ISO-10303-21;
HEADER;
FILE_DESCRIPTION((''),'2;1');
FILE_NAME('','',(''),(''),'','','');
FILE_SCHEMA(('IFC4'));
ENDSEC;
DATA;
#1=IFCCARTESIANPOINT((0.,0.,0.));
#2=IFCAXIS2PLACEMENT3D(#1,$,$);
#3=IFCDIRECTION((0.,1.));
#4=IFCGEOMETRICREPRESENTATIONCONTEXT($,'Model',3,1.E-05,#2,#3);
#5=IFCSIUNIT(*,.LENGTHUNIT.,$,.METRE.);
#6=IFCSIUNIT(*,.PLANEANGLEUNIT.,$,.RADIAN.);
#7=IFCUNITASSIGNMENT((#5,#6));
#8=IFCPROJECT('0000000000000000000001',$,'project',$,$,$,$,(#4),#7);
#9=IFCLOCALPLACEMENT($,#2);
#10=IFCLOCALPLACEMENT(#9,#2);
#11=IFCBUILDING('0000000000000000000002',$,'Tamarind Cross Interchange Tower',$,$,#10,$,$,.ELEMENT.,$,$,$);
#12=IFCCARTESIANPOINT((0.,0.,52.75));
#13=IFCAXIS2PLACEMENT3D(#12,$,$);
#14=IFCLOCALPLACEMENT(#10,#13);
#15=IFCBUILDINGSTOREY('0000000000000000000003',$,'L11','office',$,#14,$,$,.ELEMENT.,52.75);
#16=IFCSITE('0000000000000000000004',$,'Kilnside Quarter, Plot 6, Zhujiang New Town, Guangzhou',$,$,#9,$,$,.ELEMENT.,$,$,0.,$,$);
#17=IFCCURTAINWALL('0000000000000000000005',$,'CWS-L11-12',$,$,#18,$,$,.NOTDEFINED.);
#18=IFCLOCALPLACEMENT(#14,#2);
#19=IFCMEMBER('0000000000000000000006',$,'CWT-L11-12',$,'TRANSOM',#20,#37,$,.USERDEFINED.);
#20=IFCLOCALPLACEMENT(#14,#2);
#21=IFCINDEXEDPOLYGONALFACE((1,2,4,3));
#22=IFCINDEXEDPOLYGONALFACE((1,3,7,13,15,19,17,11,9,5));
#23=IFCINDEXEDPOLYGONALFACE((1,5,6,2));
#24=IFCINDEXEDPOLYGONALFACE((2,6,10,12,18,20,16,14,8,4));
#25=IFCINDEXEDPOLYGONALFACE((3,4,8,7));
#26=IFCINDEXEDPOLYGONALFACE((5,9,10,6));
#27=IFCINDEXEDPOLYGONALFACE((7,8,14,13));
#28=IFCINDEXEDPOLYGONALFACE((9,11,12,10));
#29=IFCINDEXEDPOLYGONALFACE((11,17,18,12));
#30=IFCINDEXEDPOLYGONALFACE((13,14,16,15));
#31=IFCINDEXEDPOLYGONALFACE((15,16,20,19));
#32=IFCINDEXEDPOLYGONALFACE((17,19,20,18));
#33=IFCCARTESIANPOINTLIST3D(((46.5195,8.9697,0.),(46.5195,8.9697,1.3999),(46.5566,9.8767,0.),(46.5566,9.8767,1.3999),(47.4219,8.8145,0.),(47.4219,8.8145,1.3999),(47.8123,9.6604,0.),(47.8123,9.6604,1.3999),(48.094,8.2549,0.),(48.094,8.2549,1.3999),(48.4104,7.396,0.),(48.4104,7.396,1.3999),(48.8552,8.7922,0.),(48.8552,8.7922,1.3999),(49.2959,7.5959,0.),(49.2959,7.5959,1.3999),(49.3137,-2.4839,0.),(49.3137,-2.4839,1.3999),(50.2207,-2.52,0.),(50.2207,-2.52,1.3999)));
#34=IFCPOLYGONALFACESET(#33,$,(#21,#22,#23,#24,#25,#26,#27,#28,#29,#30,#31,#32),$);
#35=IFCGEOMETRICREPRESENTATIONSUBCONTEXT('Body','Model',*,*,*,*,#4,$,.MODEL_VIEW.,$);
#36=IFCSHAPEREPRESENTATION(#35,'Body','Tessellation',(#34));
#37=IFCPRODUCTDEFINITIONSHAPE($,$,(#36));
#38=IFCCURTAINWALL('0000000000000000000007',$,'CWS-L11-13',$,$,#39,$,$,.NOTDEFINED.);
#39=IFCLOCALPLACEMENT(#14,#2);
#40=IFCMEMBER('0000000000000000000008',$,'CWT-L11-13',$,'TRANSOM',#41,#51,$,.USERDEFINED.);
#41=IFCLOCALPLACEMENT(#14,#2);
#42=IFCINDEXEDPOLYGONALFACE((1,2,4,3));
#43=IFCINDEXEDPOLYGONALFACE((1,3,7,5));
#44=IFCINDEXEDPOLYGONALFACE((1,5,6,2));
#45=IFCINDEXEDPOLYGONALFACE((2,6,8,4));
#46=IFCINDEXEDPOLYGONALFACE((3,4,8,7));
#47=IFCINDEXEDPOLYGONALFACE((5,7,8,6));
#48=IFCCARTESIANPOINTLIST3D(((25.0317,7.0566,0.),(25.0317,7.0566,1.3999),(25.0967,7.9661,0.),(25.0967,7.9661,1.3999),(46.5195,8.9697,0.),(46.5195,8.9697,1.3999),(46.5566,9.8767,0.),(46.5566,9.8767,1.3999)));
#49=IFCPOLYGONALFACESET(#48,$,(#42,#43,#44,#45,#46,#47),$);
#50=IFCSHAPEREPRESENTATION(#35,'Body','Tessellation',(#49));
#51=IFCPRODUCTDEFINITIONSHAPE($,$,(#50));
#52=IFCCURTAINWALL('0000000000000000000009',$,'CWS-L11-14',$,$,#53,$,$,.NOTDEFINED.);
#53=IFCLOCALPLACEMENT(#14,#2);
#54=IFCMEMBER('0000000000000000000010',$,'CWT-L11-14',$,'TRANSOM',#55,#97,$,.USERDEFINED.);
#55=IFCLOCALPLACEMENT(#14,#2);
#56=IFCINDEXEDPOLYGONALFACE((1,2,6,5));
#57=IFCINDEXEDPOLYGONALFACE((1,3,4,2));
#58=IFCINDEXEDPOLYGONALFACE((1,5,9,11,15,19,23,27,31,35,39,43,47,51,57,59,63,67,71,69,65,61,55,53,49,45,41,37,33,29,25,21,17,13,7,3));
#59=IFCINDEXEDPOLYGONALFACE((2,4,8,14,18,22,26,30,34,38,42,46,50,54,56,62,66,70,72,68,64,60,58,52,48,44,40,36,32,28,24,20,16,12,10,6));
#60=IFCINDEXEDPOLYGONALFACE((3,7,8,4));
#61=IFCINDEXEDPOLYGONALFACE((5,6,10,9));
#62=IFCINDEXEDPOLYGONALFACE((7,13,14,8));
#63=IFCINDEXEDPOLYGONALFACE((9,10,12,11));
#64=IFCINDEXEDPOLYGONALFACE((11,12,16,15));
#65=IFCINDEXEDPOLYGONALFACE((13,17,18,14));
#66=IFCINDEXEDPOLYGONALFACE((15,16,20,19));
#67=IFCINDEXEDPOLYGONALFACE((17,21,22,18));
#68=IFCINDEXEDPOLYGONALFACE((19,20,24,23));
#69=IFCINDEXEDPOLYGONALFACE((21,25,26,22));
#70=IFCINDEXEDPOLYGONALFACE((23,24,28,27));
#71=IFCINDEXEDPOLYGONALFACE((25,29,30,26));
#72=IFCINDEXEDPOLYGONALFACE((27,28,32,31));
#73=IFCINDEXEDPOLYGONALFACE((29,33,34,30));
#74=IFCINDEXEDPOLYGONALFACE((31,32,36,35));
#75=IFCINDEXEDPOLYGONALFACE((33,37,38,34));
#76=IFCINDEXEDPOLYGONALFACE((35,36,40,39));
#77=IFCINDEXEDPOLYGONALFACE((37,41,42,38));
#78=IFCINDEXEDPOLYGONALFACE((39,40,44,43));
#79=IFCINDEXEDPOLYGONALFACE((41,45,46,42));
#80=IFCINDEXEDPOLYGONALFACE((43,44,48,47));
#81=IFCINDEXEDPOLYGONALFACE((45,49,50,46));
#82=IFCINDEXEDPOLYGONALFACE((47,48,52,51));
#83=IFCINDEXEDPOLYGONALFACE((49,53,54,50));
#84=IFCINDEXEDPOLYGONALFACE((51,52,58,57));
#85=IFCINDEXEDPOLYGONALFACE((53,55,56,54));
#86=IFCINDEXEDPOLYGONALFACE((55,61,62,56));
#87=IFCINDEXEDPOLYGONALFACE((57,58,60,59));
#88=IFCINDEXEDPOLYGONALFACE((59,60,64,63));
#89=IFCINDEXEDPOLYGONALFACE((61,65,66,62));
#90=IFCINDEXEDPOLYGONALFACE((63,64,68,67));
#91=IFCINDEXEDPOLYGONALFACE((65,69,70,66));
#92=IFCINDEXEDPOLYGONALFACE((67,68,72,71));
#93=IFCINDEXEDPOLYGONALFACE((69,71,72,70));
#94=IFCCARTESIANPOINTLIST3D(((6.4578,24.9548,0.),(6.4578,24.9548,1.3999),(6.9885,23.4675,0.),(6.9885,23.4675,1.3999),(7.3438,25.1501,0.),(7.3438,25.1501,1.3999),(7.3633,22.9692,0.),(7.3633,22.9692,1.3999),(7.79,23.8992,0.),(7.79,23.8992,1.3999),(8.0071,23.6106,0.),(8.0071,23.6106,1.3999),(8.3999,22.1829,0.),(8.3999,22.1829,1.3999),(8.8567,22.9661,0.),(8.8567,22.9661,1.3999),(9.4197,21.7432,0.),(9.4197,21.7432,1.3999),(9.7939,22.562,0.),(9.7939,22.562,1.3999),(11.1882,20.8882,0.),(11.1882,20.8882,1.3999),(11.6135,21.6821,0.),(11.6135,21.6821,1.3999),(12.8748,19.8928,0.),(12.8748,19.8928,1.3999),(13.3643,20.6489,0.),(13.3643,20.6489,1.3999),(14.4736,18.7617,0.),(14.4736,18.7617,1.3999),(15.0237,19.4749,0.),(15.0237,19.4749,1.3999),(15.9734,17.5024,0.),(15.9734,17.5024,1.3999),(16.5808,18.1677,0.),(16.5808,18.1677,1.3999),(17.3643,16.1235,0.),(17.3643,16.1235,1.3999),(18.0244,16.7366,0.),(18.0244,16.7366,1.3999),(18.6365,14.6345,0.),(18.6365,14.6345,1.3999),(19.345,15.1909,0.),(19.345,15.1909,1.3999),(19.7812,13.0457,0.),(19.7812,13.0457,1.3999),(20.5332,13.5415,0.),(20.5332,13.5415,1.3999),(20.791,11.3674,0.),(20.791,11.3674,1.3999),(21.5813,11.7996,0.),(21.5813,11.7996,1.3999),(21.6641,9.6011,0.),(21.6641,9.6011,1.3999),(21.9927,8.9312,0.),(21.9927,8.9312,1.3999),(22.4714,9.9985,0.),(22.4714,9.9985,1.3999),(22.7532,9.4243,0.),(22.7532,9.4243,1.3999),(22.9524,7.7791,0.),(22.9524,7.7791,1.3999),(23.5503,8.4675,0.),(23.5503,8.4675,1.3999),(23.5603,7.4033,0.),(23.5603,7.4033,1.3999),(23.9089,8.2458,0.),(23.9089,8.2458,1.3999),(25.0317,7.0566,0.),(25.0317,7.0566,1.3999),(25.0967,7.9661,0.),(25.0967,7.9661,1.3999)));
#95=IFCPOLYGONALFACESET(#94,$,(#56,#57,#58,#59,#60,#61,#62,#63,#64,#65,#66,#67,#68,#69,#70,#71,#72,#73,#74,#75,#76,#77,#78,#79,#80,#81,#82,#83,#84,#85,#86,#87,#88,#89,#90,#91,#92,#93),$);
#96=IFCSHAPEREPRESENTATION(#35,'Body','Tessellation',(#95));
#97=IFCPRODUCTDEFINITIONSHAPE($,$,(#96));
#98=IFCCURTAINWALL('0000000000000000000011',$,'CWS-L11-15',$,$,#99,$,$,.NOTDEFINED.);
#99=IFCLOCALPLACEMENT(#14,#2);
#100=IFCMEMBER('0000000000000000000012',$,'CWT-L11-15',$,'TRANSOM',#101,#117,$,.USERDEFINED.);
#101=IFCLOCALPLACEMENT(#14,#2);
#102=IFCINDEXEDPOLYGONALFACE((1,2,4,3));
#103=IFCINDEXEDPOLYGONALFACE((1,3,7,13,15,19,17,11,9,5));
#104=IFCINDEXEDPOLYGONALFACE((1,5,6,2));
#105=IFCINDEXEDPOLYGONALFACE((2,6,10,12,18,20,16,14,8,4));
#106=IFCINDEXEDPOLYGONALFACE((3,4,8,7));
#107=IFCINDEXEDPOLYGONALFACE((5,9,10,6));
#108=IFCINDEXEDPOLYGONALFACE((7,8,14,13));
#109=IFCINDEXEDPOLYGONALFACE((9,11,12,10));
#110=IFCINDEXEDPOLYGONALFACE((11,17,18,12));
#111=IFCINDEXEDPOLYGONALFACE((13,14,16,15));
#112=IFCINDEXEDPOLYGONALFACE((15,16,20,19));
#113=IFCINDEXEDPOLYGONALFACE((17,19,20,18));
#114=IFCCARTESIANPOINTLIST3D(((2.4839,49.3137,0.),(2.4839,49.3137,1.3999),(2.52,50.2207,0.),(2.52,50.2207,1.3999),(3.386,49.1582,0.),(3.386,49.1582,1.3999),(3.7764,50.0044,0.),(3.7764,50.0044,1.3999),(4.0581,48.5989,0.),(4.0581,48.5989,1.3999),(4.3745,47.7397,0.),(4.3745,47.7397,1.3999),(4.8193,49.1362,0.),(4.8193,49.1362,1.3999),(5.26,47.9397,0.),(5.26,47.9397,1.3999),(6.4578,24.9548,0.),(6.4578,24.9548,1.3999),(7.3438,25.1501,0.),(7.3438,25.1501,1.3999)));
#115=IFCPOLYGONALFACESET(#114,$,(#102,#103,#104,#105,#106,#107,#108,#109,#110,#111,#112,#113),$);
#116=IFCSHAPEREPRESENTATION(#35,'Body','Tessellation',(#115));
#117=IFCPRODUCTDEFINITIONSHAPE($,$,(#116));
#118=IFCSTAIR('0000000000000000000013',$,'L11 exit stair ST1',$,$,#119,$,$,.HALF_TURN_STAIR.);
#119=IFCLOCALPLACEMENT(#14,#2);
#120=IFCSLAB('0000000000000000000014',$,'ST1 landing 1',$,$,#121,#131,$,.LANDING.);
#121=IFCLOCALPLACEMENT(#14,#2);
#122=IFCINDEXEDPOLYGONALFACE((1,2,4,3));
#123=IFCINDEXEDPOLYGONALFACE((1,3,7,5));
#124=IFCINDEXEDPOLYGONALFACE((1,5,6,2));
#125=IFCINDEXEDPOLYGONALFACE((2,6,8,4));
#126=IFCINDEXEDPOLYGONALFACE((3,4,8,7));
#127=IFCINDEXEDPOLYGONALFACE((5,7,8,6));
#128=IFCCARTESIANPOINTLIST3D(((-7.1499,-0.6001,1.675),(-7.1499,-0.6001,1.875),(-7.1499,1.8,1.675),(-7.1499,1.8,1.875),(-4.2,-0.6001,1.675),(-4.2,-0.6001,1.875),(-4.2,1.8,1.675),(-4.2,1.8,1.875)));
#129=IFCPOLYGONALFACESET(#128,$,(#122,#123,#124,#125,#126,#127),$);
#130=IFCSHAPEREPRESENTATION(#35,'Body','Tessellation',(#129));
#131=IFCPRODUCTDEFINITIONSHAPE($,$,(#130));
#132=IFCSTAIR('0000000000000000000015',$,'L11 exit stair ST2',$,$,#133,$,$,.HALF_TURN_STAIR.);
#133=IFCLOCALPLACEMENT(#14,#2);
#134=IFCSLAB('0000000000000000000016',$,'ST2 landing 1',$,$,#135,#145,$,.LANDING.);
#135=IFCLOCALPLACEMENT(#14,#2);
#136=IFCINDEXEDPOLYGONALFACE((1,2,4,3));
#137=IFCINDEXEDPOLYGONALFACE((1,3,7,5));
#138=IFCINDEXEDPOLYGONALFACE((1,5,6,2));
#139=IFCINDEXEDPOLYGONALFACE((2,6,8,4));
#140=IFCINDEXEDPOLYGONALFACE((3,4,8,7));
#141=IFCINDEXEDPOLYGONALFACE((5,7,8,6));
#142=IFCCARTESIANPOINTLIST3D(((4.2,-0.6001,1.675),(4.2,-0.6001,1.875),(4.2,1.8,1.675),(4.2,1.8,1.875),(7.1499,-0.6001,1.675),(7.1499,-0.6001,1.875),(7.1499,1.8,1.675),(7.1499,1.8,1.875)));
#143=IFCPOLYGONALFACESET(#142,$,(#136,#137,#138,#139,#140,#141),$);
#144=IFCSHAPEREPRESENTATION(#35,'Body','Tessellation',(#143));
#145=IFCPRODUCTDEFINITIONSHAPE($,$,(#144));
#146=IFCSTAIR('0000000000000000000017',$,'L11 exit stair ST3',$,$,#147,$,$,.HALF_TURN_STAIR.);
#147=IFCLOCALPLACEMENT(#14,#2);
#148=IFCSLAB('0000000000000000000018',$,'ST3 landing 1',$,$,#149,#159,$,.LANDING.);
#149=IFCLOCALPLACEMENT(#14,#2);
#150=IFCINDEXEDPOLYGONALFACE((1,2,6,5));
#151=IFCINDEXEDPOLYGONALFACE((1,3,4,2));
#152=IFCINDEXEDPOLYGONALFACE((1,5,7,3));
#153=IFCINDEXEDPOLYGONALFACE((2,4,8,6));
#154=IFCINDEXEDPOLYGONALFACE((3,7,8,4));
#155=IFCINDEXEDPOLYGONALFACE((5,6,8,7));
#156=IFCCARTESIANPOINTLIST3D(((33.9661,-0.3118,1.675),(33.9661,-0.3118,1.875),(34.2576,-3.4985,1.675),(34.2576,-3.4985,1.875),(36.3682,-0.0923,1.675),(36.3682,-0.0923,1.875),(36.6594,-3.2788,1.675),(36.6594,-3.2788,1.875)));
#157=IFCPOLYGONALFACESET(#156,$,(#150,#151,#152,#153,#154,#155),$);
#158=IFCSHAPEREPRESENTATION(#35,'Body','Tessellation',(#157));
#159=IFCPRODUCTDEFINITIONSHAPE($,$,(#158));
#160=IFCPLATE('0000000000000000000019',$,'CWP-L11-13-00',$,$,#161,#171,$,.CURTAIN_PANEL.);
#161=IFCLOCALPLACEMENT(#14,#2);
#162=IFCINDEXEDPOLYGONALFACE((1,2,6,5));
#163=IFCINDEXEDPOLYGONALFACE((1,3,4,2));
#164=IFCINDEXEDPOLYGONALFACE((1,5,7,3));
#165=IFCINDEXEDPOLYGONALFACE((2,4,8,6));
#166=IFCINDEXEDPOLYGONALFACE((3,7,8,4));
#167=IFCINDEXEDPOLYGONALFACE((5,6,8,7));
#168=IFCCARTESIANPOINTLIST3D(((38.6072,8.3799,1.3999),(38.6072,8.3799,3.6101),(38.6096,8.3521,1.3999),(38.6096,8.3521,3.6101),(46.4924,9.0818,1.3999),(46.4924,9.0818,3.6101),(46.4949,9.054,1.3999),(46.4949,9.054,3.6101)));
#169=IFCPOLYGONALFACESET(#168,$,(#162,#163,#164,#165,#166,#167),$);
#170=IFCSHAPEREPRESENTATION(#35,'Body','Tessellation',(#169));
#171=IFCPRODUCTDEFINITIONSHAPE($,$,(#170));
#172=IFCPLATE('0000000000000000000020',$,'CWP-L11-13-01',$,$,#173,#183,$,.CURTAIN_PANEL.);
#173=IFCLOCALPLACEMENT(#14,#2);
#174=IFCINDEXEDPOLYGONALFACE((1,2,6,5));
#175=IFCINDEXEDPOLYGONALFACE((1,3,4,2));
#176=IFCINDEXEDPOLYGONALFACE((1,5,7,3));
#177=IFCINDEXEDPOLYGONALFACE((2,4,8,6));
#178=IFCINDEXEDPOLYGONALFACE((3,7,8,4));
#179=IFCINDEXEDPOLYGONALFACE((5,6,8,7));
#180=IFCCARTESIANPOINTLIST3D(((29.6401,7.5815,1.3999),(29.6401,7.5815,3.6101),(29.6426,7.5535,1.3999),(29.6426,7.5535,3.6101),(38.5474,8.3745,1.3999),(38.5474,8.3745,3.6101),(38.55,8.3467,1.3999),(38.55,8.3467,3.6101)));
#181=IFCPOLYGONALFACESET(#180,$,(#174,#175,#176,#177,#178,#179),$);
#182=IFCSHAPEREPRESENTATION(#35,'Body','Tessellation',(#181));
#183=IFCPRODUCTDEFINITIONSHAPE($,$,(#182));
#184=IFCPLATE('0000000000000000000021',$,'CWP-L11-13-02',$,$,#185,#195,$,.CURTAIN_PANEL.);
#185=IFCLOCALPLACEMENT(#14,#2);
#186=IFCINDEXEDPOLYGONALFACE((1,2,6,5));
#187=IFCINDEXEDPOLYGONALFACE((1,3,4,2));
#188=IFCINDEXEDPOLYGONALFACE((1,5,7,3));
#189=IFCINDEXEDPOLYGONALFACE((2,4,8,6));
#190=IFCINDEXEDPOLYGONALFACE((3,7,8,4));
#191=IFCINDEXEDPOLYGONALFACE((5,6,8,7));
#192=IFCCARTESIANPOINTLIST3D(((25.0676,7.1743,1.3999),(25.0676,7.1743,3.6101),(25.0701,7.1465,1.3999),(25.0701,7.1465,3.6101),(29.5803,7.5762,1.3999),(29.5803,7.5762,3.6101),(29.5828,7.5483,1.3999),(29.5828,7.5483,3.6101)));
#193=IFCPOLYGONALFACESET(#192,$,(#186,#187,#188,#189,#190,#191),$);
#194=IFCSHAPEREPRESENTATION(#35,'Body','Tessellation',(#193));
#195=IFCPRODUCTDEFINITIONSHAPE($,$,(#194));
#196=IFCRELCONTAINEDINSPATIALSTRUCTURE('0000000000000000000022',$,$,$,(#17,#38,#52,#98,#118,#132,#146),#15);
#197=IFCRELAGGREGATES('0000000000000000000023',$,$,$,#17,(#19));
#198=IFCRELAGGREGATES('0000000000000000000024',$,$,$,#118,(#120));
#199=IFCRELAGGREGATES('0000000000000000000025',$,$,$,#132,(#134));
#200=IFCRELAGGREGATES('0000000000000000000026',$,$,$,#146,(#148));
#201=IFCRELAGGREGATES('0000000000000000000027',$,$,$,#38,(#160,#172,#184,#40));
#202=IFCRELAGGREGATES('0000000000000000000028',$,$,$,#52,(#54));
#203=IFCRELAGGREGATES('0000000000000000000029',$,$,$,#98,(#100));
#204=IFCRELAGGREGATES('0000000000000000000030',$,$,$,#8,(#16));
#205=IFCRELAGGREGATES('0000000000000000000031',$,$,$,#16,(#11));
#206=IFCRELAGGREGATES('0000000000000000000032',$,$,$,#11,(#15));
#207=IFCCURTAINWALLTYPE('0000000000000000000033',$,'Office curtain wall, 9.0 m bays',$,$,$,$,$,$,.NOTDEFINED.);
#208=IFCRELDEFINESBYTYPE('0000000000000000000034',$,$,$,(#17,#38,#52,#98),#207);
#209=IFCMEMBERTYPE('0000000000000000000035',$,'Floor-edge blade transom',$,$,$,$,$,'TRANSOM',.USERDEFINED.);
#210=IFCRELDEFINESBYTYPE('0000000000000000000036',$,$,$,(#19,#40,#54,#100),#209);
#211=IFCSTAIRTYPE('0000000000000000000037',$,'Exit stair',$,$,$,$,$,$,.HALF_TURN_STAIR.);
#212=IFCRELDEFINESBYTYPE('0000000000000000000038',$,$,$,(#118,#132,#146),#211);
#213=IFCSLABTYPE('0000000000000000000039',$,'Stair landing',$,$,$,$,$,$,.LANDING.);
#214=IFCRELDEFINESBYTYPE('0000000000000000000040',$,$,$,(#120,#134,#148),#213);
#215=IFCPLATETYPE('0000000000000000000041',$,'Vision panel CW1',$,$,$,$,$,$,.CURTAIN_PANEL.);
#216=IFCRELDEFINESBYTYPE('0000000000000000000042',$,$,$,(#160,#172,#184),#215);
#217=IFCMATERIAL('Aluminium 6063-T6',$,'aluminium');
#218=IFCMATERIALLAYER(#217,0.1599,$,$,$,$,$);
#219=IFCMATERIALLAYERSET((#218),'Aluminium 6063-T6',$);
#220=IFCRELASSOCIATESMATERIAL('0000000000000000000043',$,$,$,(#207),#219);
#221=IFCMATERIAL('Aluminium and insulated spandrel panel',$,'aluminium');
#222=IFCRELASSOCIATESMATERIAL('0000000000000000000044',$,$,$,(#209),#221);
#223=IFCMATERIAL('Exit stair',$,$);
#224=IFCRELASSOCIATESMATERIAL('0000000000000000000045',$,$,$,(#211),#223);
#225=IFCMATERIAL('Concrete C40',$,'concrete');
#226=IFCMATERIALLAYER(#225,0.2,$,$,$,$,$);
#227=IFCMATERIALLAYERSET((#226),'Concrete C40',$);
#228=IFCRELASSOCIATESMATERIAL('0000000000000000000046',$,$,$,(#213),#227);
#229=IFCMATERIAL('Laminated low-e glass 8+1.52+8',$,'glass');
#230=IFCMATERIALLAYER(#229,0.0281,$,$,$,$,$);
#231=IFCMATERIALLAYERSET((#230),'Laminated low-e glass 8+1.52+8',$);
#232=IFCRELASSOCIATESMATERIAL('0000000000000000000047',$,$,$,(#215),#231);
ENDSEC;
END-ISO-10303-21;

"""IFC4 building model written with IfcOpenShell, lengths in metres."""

from ifc_helpers import new_model, si_unit, direction, frame, origin, place, context, subcontext, project, spatial, polyline, outline, extrude, material, layer, layer_set, type_object, element, aggregate, save


model = new_model("IFC4")

# Units and contexts
model_context = context("Model", 3, precision=1e-05, world=origin(), true_north=direction((0.0, 1.0)))
body_context = subcontext(model_context, "Body", "Model", "MODEL_VIEW")
ifc_project = project(units=[si_unit("LENGTHUNIT", "METRE"), si_unit("PLANEANGLEUNIT", "RADIAN")], contexts=[model_context])

# Site, building, storey
site_placement = place(None, origin())
site = spatial("IfcSite", under=ifc_project, at=site_placement, Name="Kilnside Quarter, Plot 6, Zhujiang New Town, Guangzhou", CompositionType="ELEMENT", RefElevation=0.0)
building_placement = place(site_placement, origin())
building = spatial("IfcBuilding", under=site, at=building_placement, Name="Tamarind Cross Interchange Tower", CompositionType="ELEMENT")
storey_placement = place(building_placement, frame((0.0, 0.0, 52.75)))
storey = spatial("IfcBuildingStorey", under=building, at=storey_placement, Name="L11", Description="office", CompositionType="ELEMENT", Elevation=52.75)

# Curtain walls, members
ifc_material_1 = material(Name="Aluminium 6063-T6", Category="aluminium")
ifc_layer_1 = layer(ifc_material_1, 0.1599)
ifc_layer_set_1 = layer_set([ifc_layer_1], Name="Aluminium 6063-T6")
curtain_wall_type = type_object("IfcCurtainWallType", Name="Office curtain wall, 9.0 m bays", PredefinedType="NOTDEFINED", material=ifc_layer_set_1)
curtain_wall_1_placement = place(storey_placement, origin())
curtain_wall_1 = element("IfcCurtainWall", 1, at=curtain_wall_1_placement, inside=storey, type_object=curtain_wall_type, Name="CWS-L11-12", PredefinedType="NOTDEFINED")
ifc_material_2 = material(Name="Aluminium and insulated spandrel panel", Category="aluminium")
member_type = type_object("IfcMemberType", Name="Floor-edge blade transom", ElementType="TRANSOM", PredefinedType="USERDEFINED", material=ifc_material_2)
member_1_placement = place(storey_placement, origin())
member_1 = element("IfcMember", 2, at=member_1_placement, type_object=member_type, Name="CWT-L11-12", ObjectType="TRANSOM", PredefinedType="USERDEFINED", context=body_context, shape_type="SweptSolid", body=[
    extrude(outline(polyline([(49.3137, -2.4839), (48.4104, 7.396), (48.094, 8.2549), (47.4219, 8.8145), (46.5195, 8.9697), (46.5566, 9.8767), (47.8123, 9.6604), (48.8552, 8.7922), (49.2959, 7.5959), (50.2207, -2.52), (49.3137, -2.4839)])), origin(), (0.0, 0.0, 1.0), 1.3999),
])
aggregate(curtain_wall_1, [member_1])
curtain_wall_2_placement = place(storey_placement, origin())
curtain_wall_2 = element("IfcCurtainWall", 3, at=curtain_wall_2_placement, inside=storey, type_object=curtain_wall_type, Name="CWS-L11-13", PredefinedType="NOTDEFINED")
member_2_placement = place(storey_placement, origin())
member_2 = element("IfcMember", 4, at=member_2_placement, type_object=member_type, Name="CWT-L11-13", ObjectType="TRANSOM", PredefinedType="USERDEFINED", context=body_context, shape_type="SweptSolid", body=[
    extrude(outline(polyline([(46.5195, 8.9697), (25.0317, 7.0566), (25.0967, 7.9661), (46.5566, 9.8767), (46.5195, 8.9697)])), origin(), (0.0, 0.0, 1.0), 1.3999),
])
curtain_wall_3_placement = place(storey_placement, origin())
curtain_wall_3 = element("IfcCurtainWall", 5, at=curtain_wall_3_placement, inside=storey, type_object=curtain_wall_type, Name="CWS-L11-14", PredefinedType="NOTDEFINED")
member_3_placement = place(storey_placement, origin())
member_3 = element("IfcMember", 6, at=member_3_placement, type_object=member_type, Name="CWT-L11-14", ObjectType="TRANSOM", PredefinedType="USERDEFINED", context=body_context, shape_type="SweptSolid", body=[
    extrude(outline(polyline([(25.0317, 7.0566), (23.5603, 7.4033), (22.9524, 7.7791), (21.9927, 8.9312), (21.6641, 9.6011), (20.791, 11.3674), (19.7812, 13.0457), (18.6365, 14.6345), (17.3643, 16.1235), (15.9734, 17.5024), (14.4736, 18.7617), (12.8748, 19.8928), (11.1882, 20.8882), (9.4197, 21.7432), (8.3999, 22.1829), (7.3633, 22.9692), (6.9885, 23.4675), (6.4578, 24.9548), (7.3438, 25.1501), (7.79, 23.8992), (8.0071, 23.6106), (8.8567, 22.9661), (9.7939, 22.562), (11.6135, 21.6821), (13.3643, 20.6489), (15.0237, 19.4749), (16.5808, 18.1677), (18.0244, 16.7366), (19.345, 15.1909), (20.5332, 13.5415), (21.5813, 11.7996), (22.4714, 9.9985), (22.7532, 9.4243), (23.5503, 8.4675), (23.9089, 8.2458), (25.0967, 7.9661), (25.0317, 7.0566)])), origin(), (0.0, 0.0, 1.0), 1.3999),
])
curtain_wall_4_placement = place(storey_placement, origin())
curtain_wall_4 = element("IfcCurtainWall", 7, at=curtain_wall_4_placement, inside=storey, type_object=curtain_wall_type, Name="CWS-L11-15", PredefinedType="NOTDEFINED")
member_4_placement = place(storey_placement, origin())
member_4 = element("IfcMember", 8, at=member_4_placement, type_object=member_type, Name="CWT-L11-15", ObjectType="TRANSOM", PredefinedType="USERDEFINED", context=body_context, shape_type="SweptSolid", body=[
    extrude(outline(polyline([(6.4578, 24.9548), (4.3745, 47.7397), (4.0581, 48.5989), (3.386, 49.1582), (2.4839, 49.3137), (2.52, 50.2207), (3.7764, 50.0044), (4.8193, 49.1362), (5.26, 47.9397), (7.3438, 25.1501), (6.4578, 24.9548)])), origin(), (0.0, 0.0, 1.0), 1.3999),
])

# Stairs, slabs
ifc_material_3 = material(Name="Exit stair")
stair_type = type_object("IfcStairType", Name="Exit stair", PredefinedType="HALF_TURN_STAIR", material=ifc_material_3)
stair_1_placement = place(storey_placement, origin())
stair_1 = element("IfcStair", 9, at=stair_1_placement, inside=storey, type_object=stair_type, Name="L11 exit stair ST1", PredefinedType="HALF_TURN_STAIR")
ifc_material_4 = material(Name="Concrete C40", Category="concrete")
ifc_layer_2 = layer(ifc_material_4, 0.2)
ifc_layer_set_2 = layer_set([ifc_layer_2], Name="Concrete C40")
slab_type = type_object("IfcSlabType", Name="Stair landing", PredefinedType="LANDING", material=ifc_layer_set_2)
slab_1_placement = place(storey_placement, frame((0.0, 0.0, 1.675)))
slab_1 = element("IfcSlab", 10, at=slab_1_placement, type_object=slab_type, Name="ST1 landing 1", PredefinedType="LANDING", context=body_context, shape_type="SweptSolid", body=[
    extrude(outline(polyline([(-4.2, -0.6001), (-4.2, 1.8), (-7.1499, 1.8), (-7.1499, -0.6001), (-4.2, -0.6001)])), origin(), (0.0, 0.0, 1.0), 0.2),
])
aggregate(stair_1, [slab_1])
stair_2_placement = place(storey_placement, origin())
stair_2 = element("IfcStair", 11, at=stair_2_placement, inside=storey, type_object=stair_type, Name="L11 exit stair ST2", PredefinedType="HALF_TURN_STAIR")
slab_2_placement = place(storey_placement, frame((0.0, 0.0, 1.675)))
slab_2 = element("IfcSlab", 12, at=slab_2_placement, type_object=slab_type, Name="ST2 landing 1", PredefinedType="LANDING", context=body_context, shape_type="SweptSolid", body=[
    extrude(outline(polyline([(7.1499, -0.6001), (7.1499, 1.8), (4.2, 1.8), (4.2, -0.6001), (7.1499, -0.6001)])), origin(), (0.0, 0.0, 1.0), 0.2),
])
aggregate(stair_2, [slab_2])
stair_3_placement = place(storey_placement, origin())
stair_3 = element("IfcStair", 13, at=stair_3_placement, inside=storey, type_object=stair_type, Name="L11 exit stair ST3", PredefinedType="HALF_TURN_STAIR")
slab_3_placement = place(storey_placement, frame((0.0, 0.0, 1.675)))
slab_3 = element("IfcSlab", 14, at=slab_3_placement, type_object=slab_type, Name="ST3 landing 1", PredefinedType="LANDING", context=body_context, shape_type="SweptSolid", body=[
    extrude(outline(polyline([(34.2576, -3.4985), (36.6594, -3.2788), (36.3682, -0.0923), (33.9661, -0.3118), (34.2576, -3.4985)])), origin(), (0.0, 0.0, 1.0), 0.2),
])
aggregate(stair_3, [slab_3])

# Plates
ifc_material_5 = material(Name="Laminated low-e glass 8+1.52+8", Category="glass")
ifc_layer_3 = layer(ifc_material_5, 0.0281)
ifc_layer_set_3 = layer_set([ifc_layer_3], Name="Laminated low-e glass 8+1.52+8")
plate_type = type_object("IfcPlateType", Name="Vision panel CW1", PredefinedType="CURTAIN_PANEL", material=ifc_layer_set_3)
plate_1_placement = place(storey_placement, frame((0.0, 0.0, 1.3999)))
plate_1 = element("IfcPlate", 15, at=plate_1_placement, type_object=plate_type, Name="CWP-L11-13-00", PredefinedType="CURTAIN_PANEL", context=body_context, shape_type="SweptSolid", body=[
    extrude(outline(polyline([(46.4949, 9.054), (38.6096, 8.3521), (38.6072, 8.3799), (46.4924, 9.0818), (46.4949, 9.054)])), origin(), (0.0, 0.0, 1.0), 2.2102),
])
plate_2_placement = place(storey_placement, frame((0.0, 0.0, 1.3999)))
plate_2 = element("IfcPlate", 16, at=plate_2_placement, type_object=plate_type, Name="CWP-L11-13-01", PredefinedType="CURTAIN_PANEL", context=body_context, shape_type="SweptSolid", body=[
    extrude(outline(polyline([(38.55, 8.3467), (29.6426, 7.5535), (29.6401, 7.5815), (38.5474, 8.3745), (38.55, 8.3467)])), origin(), (0.0, 0.0, 1.0), 2.2102),
])
plate_3_placement = place(storey_placement, frame((0.0, 0.0, 1.3999)))
plate_3 = element("IfcPlate", 17, at=plate_3_placement, type_object=plate_type, Name="CWP-L11-13-02", PredefinedType="CURTAIN_PANEL", context=body_context, shape_type="SweptSolid", body=[
    extrude(outline(polyline([(29.5828, 7.5483), (25.0701, 7.1465), (25.0676, 7.1743), (29.5803, 7.5762), (29.5828, 7.5483)])), origin(), (0.0, 0.0, 1.0), 2.2102),
])
aggregate(curtain_wall_2, [plate_1, plate_2, plate_3, member_2])
aggregate(curtain_wall_3, [member_3])
aggregate(curtain_wall_4, [member_4])

save(model, "model.ifc")
